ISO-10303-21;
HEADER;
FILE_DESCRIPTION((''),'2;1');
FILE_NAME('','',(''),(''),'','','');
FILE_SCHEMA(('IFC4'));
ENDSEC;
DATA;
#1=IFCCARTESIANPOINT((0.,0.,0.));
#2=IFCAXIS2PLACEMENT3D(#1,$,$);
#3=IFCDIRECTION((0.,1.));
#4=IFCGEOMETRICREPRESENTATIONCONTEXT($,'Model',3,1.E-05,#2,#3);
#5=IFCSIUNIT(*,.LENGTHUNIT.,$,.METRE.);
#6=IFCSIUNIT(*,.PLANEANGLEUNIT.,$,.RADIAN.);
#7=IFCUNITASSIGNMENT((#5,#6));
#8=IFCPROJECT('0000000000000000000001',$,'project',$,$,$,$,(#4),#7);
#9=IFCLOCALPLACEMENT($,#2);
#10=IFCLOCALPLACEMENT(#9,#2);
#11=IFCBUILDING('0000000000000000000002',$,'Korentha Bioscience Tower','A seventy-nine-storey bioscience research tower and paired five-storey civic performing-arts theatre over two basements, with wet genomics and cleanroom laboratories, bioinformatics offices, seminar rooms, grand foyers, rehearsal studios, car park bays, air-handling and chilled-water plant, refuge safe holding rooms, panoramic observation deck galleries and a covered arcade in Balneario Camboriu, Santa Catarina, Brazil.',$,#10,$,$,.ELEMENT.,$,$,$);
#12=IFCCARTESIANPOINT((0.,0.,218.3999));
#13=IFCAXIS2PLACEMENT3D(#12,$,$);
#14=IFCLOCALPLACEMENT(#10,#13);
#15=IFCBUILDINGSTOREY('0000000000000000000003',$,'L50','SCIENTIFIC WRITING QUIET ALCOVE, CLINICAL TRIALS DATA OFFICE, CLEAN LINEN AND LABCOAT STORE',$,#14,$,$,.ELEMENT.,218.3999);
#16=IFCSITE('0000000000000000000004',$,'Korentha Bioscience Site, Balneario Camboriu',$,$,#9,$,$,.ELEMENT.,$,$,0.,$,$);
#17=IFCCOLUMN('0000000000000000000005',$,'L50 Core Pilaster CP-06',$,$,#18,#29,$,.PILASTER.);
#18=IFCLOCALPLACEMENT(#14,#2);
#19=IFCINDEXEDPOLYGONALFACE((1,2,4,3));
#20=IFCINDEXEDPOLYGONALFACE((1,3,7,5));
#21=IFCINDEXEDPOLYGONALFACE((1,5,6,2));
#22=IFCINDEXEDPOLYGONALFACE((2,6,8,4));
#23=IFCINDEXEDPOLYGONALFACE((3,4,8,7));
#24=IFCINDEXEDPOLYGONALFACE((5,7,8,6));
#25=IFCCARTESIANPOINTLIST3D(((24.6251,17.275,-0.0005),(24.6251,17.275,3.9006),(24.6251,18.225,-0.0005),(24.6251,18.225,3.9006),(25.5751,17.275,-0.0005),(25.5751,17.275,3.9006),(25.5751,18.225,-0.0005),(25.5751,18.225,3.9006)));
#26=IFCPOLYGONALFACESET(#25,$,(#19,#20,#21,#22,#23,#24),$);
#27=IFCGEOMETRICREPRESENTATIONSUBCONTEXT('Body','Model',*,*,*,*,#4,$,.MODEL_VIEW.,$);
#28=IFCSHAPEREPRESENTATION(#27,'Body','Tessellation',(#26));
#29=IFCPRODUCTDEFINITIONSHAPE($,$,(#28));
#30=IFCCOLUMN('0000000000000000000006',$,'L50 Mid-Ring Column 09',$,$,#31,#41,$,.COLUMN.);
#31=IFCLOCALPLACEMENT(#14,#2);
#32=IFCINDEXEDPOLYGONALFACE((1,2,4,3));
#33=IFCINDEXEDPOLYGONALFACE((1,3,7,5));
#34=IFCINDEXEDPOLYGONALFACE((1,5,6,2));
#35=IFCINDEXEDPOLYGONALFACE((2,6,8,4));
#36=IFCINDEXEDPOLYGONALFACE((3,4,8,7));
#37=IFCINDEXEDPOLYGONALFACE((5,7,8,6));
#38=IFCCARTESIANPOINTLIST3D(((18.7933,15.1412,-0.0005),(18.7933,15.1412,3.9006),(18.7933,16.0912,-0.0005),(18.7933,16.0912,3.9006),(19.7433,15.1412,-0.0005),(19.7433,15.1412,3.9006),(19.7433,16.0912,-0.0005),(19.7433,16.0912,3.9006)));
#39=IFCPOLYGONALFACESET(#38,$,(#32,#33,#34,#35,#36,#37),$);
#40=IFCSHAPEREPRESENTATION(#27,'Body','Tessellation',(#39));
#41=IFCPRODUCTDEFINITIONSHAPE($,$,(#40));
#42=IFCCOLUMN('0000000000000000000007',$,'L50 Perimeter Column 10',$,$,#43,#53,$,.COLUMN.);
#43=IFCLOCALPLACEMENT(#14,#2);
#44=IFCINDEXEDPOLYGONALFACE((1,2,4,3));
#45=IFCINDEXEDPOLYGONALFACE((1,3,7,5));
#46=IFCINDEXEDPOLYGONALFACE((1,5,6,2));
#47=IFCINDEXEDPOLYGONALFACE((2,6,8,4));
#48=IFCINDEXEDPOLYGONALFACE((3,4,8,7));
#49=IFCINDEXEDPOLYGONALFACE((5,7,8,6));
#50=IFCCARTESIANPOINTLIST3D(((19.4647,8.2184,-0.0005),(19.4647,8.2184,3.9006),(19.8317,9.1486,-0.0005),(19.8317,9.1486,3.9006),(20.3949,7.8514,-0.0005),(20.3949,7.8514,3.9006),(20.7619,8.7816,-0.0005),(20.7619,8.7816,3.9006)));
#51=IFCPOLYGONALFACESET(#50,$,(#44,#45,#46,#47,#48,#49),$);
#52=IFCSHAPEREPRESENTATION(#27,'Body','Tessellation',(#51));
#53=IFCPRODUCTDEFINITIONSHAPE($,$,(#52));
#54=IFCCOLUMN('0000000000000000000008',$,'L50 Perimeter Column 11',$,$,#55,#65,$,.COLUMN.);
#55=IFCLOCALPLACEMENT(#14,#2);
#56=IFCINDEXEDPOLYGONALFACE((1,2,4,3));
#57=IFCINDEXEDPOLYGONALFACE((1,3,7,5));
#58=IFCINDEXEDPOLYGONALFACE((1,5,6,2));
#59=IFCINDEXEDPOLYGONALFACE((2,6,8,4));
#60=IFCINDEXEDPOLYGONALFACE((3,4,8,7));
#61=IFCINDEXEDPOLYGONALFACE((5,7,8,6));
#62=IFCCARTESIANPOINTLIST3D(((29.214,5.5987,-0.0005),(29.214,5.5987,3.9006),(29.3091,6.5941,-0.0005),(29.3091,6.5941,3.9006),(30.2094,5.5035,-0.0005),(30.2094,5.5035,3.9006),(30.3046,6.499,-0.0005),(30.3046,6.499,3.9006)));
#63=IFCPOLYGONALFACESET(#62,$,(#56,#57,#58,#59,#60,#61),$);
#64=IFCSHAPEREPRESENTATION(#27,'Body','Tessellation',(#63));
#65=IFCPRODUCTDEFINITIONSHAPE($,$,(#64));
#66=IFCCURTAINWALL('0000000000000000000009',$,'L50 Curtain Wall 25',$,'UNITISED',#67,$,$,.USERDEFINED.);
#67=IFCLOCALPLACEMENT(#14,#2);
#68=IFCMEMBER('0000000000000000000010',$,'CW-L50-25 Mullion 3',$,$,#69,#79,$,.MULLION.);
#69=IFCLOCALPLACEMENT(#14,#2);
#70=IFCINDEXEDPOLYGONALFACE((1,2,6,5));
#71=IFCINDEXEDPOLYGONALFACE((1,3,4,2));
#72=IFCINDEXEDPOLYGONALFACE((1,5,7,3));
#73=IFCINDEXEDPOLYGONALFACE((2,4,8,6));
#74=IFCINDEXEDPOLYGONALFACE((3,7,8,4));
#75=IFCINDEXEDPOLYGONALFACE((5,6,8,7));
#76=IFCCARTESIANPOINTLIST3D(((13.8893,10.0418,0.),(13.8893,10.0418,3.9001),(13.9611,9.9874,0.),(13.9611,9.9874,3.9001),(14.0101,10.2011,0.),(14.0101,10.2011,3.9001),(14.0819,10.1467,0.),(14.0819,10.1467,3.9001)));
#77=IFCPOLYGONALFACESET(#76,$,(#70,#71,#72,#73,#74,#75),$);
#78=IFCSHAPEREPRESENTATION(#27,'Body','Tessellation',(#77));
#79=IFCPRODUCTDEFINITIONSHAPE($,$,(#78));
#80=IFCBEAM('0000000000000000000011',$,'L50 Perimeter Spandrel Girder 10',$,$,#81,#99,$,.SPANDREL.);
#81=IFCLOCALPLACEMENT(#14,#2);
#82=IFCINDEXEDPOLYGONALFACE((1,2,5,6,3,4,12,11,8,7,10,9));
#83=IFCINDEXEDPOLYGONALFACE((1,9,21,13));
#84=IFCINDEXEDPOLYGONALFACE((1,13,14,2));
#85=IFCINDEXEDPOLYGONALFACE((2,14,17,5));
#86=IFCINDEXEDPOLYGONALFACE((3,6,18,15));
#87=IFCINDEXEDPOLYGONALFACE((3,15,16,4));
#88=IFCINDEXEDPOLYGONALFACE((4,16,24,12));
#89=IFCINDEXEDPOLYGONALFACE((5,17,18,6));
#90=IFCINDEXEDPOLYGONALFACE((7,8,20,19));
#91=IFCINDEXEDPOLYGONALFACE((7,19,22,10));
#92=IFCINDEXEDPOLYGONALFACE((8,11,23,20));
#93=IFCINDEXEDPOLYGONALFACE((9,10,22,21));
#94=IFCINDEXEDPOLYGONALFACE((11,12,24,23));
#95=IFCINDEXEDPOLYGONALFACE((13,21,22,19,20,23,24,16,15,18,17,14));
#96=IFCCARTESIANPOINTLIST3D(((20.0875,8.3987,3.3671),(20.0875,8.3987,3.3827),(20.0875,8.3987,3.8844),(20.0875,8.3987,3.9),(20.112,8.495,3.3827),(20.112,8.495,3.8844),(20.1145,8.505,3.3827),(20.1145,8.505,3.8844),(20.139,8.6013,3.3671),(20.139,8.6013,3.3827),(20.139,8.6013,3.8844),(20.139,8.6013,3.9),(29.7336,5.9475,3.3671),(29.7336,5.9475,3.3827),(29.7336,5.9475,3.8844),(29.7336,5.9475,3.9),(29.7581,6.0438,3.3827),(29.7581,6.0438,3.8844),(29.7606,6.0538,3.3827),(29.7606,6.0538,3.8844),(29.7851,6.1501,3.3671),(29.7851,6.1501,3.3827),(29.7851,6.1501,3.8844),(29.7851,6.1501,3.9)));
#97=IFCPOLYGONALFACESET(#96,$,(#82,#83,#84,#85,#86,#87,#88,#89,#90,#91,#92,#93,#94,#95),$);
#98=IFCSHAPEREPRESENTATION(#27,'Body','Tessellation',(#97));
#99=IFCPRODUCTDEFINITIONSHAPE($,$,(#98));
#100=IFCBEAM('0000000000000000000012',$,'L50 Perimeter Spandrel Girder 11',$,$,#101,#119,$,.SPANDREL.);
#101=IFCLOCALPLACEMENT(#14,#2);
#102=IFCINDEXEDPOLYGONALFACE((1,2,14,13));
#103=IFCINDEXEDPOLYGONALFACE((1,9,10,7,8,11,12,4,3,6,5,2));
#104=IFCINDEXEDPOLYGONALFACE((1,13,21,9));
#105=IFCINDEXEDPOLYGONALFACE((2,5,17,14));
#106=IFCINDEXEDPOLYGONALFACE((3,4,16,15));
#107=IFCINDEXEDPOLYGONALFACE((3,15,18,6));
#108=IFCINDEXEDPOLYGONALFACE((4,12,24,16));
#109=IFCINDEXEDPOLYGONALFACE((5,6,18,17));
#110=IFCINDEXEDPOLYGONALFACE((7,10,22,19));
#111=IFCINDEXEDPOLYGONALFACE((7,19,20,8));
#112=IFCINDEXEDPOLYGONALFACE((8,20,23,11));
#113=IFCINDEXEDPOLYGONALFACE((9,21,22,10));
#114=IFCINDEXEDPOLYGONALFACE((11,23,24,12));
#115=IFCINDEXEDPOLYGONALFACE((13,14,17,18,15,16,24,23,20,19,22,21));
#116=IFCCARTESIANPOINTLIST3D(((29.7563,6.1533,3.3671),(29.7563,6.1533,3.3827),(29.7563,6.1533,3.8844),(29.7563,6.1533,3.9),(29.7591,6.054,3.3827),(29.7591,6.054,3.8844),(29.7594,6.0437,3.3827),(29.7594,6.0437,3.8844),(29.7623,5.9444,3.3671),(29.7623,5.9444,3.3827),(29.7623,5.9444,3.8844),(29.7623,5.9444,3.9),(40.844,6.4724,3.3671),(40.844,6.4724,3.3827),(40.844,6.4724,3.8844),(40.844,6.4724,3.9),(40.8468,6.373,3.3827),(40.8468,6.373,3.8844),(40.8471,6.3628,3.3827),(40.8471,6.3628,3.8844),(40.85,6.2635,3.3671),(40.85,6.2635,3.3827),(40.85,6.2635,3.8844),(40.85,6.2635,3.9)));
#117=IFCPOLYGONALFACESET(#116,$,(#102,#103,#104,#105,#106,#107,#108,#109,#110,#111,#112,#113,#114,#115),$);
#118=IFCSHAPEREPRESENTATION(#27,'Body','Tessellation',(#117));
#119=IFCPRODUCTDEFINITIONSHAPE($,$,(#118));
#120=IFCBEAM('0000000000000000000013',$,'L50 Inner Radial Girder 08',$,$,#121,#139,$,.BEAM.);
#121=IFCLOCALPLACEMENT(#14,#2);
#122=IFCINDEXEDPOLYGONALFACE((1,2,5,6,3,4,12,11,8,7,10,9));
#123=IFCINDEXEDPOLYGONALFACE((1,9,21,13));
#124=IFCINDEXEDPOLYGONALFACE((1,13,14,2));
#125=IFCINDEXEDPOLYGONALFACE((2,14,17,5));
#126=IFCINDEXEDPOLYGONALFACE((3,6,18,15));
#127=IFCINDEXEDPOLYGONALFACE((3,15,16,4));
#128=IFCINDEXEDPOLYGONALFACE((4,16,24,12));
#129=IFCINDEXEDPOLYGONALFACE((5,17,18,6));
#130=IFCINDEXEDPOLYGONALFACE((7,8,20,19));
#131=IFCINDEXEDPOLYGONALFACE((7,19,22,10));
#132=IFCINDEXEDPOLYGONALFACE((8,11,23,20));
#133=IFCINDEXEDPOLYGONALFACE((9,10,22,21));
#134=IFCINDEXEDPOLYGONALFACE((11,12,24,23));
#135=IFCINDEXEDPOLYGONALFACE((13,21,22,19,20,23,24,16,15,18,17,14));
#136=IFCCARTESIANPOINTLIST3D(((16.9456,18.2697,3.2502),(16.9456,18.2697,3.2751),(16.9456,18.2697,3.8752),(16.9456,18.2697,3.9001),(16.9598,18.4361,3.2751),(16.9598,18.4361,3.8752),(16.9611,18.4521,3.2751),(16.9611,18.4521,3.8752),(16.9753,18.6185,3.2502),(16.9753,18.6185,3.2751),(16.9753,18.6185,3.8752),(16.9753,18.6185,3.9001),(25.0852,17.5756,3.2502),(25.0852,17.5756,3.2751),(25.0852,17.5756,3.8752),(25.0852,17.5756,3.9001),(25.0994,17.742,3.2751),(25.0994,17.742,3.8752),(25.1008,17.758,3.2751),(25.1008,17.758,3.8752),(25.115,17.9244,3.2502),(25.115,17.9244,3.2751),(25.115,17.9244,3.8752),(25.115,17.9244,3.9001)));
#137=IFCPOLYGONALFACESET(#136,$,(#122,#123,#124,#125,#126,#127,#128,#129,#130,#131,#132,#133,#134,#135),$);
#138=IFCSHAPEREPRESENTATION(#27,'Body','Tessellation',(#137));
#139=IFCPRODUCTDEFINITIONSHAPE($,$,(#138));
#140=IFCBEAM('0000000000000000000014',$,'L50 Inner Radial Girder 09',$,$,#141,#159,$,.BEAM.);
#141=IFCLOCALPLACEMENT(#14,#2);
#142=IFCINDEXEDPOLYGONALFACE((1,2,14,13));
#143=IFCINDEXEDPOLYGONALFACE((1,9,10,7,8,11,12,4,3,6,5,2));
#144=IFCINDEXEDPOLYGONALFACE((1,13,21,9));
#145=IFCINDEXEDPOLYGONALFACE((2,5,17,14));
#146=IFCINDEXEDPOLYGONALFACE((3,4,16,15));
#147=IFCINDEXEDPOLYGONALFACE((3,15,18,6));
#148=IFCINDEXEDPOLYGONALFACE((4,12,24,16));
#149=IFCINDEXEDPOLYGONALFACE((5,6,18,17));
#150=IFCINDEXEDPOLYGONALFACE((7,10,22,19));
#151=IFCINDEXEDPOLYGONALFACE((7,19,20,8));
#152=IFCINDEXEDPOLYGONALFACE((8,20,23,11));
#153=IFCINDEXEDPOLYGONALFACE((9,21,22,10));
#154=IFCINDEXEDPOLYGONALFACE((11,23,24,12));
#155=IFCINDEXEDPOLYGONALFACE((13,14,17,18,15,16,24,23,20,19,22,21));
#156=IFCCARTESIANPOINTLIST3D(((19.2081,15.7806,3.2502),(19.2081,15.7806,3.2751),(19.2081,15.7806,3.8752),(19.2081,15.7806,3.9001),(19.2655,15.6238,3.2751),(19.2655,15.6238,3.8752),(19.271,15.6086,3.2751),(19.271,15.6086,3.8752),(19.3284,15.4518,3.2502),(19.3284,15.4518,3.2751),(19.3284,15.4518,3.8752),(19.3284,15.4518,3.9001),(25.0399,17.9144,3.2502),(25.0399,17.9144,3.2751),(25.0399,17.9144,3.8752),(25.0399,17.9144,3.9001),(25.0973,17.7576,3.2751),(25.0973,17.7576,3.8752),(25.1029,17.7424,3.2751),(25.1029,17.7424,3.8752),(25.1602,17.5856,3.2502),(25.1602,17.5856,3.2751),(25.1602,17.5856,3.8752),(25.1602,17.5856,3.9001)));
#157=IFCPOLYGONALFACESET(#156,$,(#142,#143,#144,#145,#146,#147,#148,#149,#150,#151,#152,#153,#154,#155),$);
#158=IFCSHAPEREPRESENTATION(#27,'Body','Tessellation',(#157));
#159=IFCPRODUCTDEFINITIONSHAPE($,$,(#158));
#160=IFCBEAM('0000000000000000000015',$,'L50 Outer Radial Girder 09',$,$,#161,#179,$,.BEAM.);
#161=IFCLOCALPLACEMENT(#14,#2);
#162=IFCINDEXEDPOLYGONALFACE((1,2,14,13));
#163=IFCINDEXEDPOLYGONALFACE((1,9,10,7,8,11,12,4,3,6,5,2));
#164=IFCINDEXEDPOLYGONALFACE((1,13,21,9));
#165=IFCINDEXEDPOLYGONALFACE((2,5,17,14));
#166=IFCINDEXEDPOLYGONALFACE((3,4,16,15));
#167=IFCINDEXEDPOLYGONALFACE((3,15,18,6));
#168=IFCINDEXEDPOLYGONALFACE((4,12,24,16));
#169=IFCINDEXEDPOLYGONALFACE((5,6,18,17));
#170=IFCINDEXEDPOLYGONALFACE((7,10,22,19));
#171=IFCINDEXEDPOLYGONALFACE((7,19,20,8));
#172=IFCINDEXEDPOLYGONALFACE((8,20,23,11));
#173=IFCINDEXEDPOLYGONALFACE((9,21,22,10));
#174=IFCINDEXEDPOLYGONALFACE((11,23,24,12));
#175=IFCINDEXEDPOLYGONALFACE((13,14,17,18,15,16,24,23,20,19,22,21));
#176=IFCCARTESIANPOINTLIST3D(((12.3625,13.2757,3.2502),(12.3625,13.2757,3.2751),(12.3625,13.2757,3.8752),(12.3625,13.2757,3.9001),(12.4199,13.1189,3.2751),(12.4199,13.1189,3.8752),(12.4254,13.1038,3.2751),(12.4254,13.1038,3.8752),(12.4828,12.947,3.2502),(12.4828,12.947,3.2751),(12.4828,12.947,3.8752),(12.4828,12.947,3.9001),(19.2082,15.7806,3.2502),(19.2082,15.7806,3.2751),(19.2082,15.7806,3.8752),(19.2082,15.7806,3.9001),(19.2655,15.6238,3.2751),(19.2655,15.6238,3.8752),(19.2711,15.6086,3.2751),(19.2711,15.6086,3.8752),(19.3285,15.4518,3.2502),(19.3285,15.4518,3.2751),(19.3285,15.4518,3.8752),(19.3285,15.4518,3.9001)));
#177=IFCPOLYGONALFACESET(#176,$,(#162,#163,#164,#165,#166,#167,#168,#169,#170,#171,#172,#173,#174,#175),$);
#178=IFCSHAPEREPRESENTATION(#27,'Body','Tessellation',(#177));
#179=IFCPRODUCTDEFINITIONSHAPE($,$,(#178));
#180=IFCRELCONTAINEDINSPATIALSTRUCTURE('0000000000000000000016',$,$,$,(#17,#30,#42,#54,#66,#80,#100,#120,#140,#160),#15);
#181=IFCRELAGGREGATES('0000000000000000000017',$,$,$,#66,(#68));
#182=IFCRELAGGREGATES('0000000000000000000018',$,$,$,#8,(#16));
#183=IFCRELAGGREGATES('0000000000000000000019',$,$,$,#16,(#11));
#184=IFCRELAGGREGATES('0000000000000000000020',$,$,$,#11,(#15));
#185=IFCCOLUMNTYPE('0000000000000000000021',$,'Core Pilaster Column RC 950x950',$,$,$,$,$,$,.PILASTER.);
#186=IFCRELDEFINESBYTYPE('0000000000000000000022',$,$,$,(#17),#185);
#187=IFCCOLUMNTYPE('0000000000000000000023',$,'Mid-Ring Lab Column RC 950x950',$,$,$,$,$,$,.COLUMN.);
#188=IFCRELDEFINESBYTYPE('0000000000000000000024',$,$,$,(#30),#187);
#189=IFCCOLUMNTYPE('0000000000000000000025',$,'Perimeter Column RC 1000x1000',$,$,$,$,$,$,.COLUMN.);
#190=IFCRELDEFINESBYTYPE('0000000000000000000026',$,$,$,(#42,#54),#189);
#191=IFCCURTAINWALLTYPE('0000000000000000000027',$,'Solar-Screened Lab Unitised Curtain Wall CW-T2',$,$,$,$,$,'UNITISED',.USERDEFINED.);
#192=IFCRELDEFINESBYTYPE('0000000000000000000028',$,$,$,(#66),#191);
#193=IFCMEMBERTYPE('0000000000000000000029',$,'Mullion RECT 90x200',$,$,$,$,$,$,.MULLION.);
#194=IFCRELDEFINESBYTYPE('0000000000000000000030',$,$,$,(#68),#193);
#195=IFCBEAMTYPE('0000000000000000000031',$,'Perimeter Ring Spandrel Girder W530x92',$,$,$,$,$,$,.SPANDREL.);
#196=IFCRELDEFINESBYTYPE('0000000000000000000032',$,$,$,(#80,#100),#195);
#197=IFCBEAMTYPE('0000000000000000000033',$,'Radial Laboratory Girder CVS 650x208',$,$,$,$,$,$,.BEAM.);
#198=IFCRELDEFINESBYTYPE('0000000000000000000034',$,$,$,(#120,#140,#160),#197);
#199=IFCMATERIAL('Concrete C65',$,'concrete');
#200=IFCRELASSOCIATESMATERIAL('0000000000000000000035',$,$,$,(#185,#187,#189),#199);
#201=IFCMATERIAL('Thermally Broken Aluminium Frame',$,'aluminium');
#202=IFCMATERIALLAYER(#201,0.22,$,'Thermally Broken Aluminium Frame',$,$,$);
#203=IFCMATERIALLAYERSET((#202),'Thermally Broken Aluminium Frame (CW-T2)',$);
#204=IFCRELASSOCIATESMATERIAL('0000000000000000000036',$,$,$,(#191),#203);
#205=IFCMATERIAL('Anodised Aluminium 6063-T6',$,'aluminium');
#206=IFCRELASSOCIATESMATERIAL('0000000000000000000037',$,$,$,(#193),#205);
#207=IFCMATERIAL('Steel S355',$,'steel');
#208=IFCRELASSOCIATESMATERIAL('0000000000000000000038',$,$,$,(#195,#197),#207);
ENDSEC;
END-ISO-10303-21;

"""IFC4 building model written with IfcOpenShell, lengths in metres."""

from ifc_helpers import new_model, si_unit, direction, frame, origin, origin_2d, place, context, subcontext, project, spatial, rectangle, i_section, extrude, material, layer, layer_set, material_profile, profile_set, type_object, element, aggregate, save


model = new_model("IFC4")

# Units and contexts
model_context = context("Model", 3, precision=1e-05, world=origin(), true_north=direction((0.0, 1.0)))
body_context = subcontext(model_context, "Body", "Model", "MODEL_VIEW")
ifc_project = project(units=[si_unit("LENGTHUNIT", "METRE"), si_unit("PLANEANGLEUNIT", "RADIAN")], contexts=[model_context])

# Site, building, storey
site_placement = place(None, origin())
site = spatial("IfcSite", under=ifc_project, at=site_placement, Name="Korentha Bioscience Site, Balneario Camboriu", CompositionType="ELEMENT", RefElevation=0.0)
building_placement = place(site_placement, origin())
building = spatial("IfcBuilding", under=site, at=building_placement, Name="Korentha Bioscience Tower", Description="A seventy-nine-storey bioscience research tower and paired five-storey civic performing-arts theatre over two basements, with wet genomics and cleanroom laboratories, bioinformatics offices, seminar rooms, grand foyers, rehearsal studios, car park bays, air-handling and chilled-water plant, refuge safe holding rooms, panoramic observation deck galleries and a covered arcade in Balneario Camboriu, Santa Catarina, Brazil.", CompositionType="ELEMENT")
storey_placement = place(building_placement, frame((0.0, 0.0, 218.3999)))
storey = spatial("IfcBuildingStorey", under=building, at=storey_placement, Name="L50", Description="SCIENTIFIC WRITING QUIET ALCOVE, CLINICAL TRIALS DATA OFFICE, CLEAN LINEN AND LABCOAT STORE", CompositionType="ELEMENT", Elevation=218.3999)

# Columns
ifc_material_1 = material(Name="Concrete C65", Category="concrete")
ifc_material_profile_1 = material_profile(ifc_material_1, rectangle(XDim=0.95, YDim=0.95, at=origin_2d()), Name="Concrete C65")
ifc_profile_set_1 = profile_set([ifc_material_profile_1], Name="Concrete C65 (COL-CP09)")
column_type_1 = type_object("IfcColumnType", Name="Core Pilaster Column RC 950x950", PredefinedType="PILASTER", material=ifc_profile_set_1)
column_1_placement = place(storey_placement, frame((25.1001, 17.75, -0.0005), z_axis=(0.0, 0.0, 1.0), x_axis=(1.0, 0.0, 0.0)))
element("IfcColumn", 1, at=column_1_placement, inside=storey, type_object=column_type_1, Name="L50 Core Pilaster CP-06", PredefinedType="PILASTER", context=body_context, shape_type="SweptSolid", body=[
    extrude(rectangle(XDim=0.95, YDim=0.95, at=origin_2d()), origin(), (0.0, 0.0, 1.0), 3.9011),
])
ifc_material_profile_2 = material_profile(ifc_material_1, rectangle(XDim=0.95, YDim=0.95, at=origin_2d()), Name="Concrete C65")
ifc_profile_set_2 = profile_set([ifc_material_profile_2], Name="Concrete C65 (COL-MR09)")
column_type_2 = type_object("IfcColumnType", Name="Mid-Ring Lab Column RC 950x950", PredefinedType="COLUMN", material=ifc_profile_set_2)
column_2_placement = place(storey_placement, frame((19.2683, 15.6162, -0.0005), z_axis=(0.0, 0.0, 1.0), x_axis=(1.0, 0.0, 0.0)))
element("IfcColumn", 2, at=column_2_placement, inside=storey, type_object=column_type_2, Name="L50 Mid-Ring Column 09", PredefinedType="COLUMN", context=body_context, shape_type="SweptSolid", body=[
    extrude(rectangle(XDim=0.95, YDim=0.95, at=origin_2d()), origin(), (0.0, 0.0, 1.0), 3.9011),
])
ifc_material_profile_3 = material_profile(ifc_material_1, rectangle(XDim=1.0, YDim=1.0, at=origin_2d()), Name="Concrete C65")
ifc_profile_set_3 = profile_set([ifc_material_profile_3], Name="Concrete C65 (COL-P10)")
column_type_3 = type_object("IfcColumnType", Name="Perimeter Column RC 1000x1000", PredefinedType="COLUMN", material=ifc_profile_set_3)
for number, where, z_axis, x_axis, name in (
    (3, (20.1133, 8.5, -0.0005), (0.0, 0.0, 1.0), (-0.930226, 0.366988, 0.0), "L50 Perimeter Column 10"),
    (4, (29.7593, 6.0488, -0.0005), (0.0, 0.0, 1.0), (-0.995463, 0.095151, 0.0), "L50 Perimeter Column 11"),
):
    element("IfcColumn", number, at=place(storey_placement, frame(where, z_axis=z_axis, x_axis=x_axis)), inside=storey, type_object=column_type_3, Name=name, PredefinedType="COLUMN", context=body_context, shape_type="SweptSolid", body=[
        extrude(rectangle(XDim=1.0, YDim=1.0, at=origin_2d()), origin(), (0.0, 0.0, 1.0), 3.9011),
    ])

# Curtain wall, member
ifc_material_2 = material(Name="Thermally Broken Aluminium Frame", Category="aluminium")
ifc_layer_1 = layer(ifc_material_2, 0.22, Name="Thermally Broken Aluminium Frame")
ifc_layer_set_1 = layer_set([ifc_layer_1], Name="Thermally Broken Aluminium Frame (CW-T2)")
curtain_wall_type = type_object("IfcCurtainWallType", Name="Solar-Screened Lab Unitised Curtain Wall CW-T2", ElementType="UNITISED", PredefinedType="USERDEFINED", material=ifc_layer_set_1)
curtain_wall_placement = place(storey_placement, origin())
curtain_wall = element("IfcCurtainWall", 5, at=curtain_wall_placement, inside=storey, type_object=curtain_wall_type, Name="L50 Curtain Wall 25", ObjectType="UNITISED", PredefinedType="USERDEFINED")
ifc_material_3 = material(Name="Anodised Aluminium 6063-T6", Category="aluminium")
ifc_material_profile_4 = material_profile(ifc_material_3, rectangle(XDim=0.0901, YDim=0.2, at=origin_2d()), Name="Anodised Aluminium 6063-T6")
ifc_profile_set_4 = profile_set([ifc_material_profile_4], Name="Anodised Aluminium 6063-T6 (CW-MUL)")
member_type = type_object("IfcMemberType", Name="Mullion RECT 90x200", PredefinedType="MULLION", material=ifc_profile_set_4)
member_placement = place(storey_placement, frame((13.9856, 10.0942, 0.0), z_axis=(0.0, 0.0, 1.0), x_axis=(0.796889, -0.604126, 0.0)))
member = element("IfcMember", 6, at=member_placement, type_object=member_type, Name="CW-L50-25 Mullion 3", PredefinedType="MULLION", context=body_context, shape_type="SweptSolid", body=[
    extrude(rectangle(XDim=0.0901, YDim=0.2, at=origin_2d()), origin(), (0.0, 0.0, 1.0), 3.9001),
])
aggregate(curtain_wall, [member])

# Beams
ifc_material_4 = material(Name="Steel S355", Category="steel")
ifc_material_profile_5 = material_profile(ifc_material_4, i_section(OverallWidth=0.209, OverallDepth=0.533, WebThickness=0.0103, FlangeThickness=0.0156, at=origin_2d()), Name="Steel S355")
ifc_profile_set_5 = profile_set([ifc_material_profile_5], Name="Steel S355 (SB-530)")
beam_type_1 = type_object("IfcBeamType", Name="Perimeter Ring Spandrel Girder W530x92", PredefinedType="SPANDREL", material=ifc_profile_set_5)
beam_1_placement = place(storey_placement, frame((20.1133, 8.5, 3.6335), z_axis=(0.969197, -0.246286, 0.0), x_axis=(0.246286, 0.969197, 0.0)))
element("IfcBeam", 7, at=beam_1_placement, inside=storey, type_object=beam_type_1, Name="L50 Perimeter Spandrel Girder 10", PredefinedType="SPANDREL", context=body_context, shape_type="SweptSolid", body=[
    extrude(i_section(OverallWidth=0.209, OverallDepth=0.533, WebThickness=0.0103, FlangeThickness=0.0156, at=origin_2d()), origin(), (0.0, 0.0, 1.0), 9.9526),
])
beam_2_placement = place(storey_placement, frame((29.7593, 6.0488, 3.6335), z_axis=(0.999586, 0.028767, 0.0), x_axis=(-0.028767, 0.999586, 0.0)))
element("IfcBeam", 8, at=beam_2_placement, inside=storey, type_object=beam_type_1, Name="L50 Perimeter Spandrel Girder 11", PredefinedType="SPANDREL", context=body_context, shape_type="SweptSolid", body=[
    extrude(i_section(OverallWidth=0.209, OverallDepth=0.533, WebThickness=0.0103, FlangeThickness=0.0156, at=origin_2d()), origin(), (0.0, 0.0, 1.0), 11.0923),
])
ifc_material_profile_6 = material_profile(ifc_material_4, i_section(OverallWidth=0.3501, OverallDepth=0.6499, WebThickness=0.0161, FlangeThickness=0.0249, at=origin_2d()), Name="Steel S355")
ifc_profile_set_6 = profile_set([ifc_material_profile_6], Name="Steel S355 (RB-650)")
beam_type_2 = type_object("IfcBeamType", Name="Radial Laboratory Girder CVS 650x208", PredefinedType="BEAM", material=ifc_profile_set_6)
beam_3_placement = place(storey_placement, frame((25.1001, 17.75, 3.5752), z_axis=(-0.996384, 0.084965, 0.0), x_axis=(-0.084965, -0.996384, 0.0)))
element("IfcBeam", 9, at=beam_3_placement, inside=storey, type_object=beam_type_2, Name="L50 Inner Radial Girder 08", PredefinedType="BEAM", context=body_context, shape_type="SweptSolid", body=[
    extrude(i_section(OverallWidth=0.3501, OverallDepth=0.6499, WebThickness=0.0161, FlangeThickness=0.0249, at=origin_2d()), origin(), (0.0, 0.0, 1.0), 8.1692),
])
beam_4_placement = place(storey_placement, frame((25.1001, 17.75, 3.5752), z_axis=(-0.939112, -0.343611, 0.0), x_axis=(0.343611, -0.939112, 0.0)))
element("IfcBeam", 10, at=beam_4_placement, inside=storey, type_object=beam_type_2, Name="L50 Inner Radial Girder 09", PredefinedType="BEAM", context=body_context, shape_type="SweptSolid", body=[
    extrude(i_section(OverallWidth=0.3501, OverallDepth=0.6499, WebThickness=0.0161, FlangeThickness=0.0249, at=origin_2d()), origin(), (0.0, 0.0, 1.0), 6.21),
])
beam_5_placement = place(storey_placement, frame((19.2683, 15.6162, 3.5752), z_axis=(-0.939107, -0.343625, 0.0), x_axis=(0.343625, -0.939107, 0.0)))
element("IfcBeam", 11, at=beam_5_placement, inside=storey, type_object=beam_type_2, Name="L50 Outer Radial Girder 09", PredefinedType="BEAM", context=body_context, shape_type="SweptSolid", body=[
    extrude(i_section(OverallWidth=0.3501, OverallDepth=0.6499, WebThickness=0.0161, FlangeThickness=0.0249, at=origin_2d()), origin(), (0.0, 0.0, 1.0), 7.2896),
])

save(model, "model.ifc")
